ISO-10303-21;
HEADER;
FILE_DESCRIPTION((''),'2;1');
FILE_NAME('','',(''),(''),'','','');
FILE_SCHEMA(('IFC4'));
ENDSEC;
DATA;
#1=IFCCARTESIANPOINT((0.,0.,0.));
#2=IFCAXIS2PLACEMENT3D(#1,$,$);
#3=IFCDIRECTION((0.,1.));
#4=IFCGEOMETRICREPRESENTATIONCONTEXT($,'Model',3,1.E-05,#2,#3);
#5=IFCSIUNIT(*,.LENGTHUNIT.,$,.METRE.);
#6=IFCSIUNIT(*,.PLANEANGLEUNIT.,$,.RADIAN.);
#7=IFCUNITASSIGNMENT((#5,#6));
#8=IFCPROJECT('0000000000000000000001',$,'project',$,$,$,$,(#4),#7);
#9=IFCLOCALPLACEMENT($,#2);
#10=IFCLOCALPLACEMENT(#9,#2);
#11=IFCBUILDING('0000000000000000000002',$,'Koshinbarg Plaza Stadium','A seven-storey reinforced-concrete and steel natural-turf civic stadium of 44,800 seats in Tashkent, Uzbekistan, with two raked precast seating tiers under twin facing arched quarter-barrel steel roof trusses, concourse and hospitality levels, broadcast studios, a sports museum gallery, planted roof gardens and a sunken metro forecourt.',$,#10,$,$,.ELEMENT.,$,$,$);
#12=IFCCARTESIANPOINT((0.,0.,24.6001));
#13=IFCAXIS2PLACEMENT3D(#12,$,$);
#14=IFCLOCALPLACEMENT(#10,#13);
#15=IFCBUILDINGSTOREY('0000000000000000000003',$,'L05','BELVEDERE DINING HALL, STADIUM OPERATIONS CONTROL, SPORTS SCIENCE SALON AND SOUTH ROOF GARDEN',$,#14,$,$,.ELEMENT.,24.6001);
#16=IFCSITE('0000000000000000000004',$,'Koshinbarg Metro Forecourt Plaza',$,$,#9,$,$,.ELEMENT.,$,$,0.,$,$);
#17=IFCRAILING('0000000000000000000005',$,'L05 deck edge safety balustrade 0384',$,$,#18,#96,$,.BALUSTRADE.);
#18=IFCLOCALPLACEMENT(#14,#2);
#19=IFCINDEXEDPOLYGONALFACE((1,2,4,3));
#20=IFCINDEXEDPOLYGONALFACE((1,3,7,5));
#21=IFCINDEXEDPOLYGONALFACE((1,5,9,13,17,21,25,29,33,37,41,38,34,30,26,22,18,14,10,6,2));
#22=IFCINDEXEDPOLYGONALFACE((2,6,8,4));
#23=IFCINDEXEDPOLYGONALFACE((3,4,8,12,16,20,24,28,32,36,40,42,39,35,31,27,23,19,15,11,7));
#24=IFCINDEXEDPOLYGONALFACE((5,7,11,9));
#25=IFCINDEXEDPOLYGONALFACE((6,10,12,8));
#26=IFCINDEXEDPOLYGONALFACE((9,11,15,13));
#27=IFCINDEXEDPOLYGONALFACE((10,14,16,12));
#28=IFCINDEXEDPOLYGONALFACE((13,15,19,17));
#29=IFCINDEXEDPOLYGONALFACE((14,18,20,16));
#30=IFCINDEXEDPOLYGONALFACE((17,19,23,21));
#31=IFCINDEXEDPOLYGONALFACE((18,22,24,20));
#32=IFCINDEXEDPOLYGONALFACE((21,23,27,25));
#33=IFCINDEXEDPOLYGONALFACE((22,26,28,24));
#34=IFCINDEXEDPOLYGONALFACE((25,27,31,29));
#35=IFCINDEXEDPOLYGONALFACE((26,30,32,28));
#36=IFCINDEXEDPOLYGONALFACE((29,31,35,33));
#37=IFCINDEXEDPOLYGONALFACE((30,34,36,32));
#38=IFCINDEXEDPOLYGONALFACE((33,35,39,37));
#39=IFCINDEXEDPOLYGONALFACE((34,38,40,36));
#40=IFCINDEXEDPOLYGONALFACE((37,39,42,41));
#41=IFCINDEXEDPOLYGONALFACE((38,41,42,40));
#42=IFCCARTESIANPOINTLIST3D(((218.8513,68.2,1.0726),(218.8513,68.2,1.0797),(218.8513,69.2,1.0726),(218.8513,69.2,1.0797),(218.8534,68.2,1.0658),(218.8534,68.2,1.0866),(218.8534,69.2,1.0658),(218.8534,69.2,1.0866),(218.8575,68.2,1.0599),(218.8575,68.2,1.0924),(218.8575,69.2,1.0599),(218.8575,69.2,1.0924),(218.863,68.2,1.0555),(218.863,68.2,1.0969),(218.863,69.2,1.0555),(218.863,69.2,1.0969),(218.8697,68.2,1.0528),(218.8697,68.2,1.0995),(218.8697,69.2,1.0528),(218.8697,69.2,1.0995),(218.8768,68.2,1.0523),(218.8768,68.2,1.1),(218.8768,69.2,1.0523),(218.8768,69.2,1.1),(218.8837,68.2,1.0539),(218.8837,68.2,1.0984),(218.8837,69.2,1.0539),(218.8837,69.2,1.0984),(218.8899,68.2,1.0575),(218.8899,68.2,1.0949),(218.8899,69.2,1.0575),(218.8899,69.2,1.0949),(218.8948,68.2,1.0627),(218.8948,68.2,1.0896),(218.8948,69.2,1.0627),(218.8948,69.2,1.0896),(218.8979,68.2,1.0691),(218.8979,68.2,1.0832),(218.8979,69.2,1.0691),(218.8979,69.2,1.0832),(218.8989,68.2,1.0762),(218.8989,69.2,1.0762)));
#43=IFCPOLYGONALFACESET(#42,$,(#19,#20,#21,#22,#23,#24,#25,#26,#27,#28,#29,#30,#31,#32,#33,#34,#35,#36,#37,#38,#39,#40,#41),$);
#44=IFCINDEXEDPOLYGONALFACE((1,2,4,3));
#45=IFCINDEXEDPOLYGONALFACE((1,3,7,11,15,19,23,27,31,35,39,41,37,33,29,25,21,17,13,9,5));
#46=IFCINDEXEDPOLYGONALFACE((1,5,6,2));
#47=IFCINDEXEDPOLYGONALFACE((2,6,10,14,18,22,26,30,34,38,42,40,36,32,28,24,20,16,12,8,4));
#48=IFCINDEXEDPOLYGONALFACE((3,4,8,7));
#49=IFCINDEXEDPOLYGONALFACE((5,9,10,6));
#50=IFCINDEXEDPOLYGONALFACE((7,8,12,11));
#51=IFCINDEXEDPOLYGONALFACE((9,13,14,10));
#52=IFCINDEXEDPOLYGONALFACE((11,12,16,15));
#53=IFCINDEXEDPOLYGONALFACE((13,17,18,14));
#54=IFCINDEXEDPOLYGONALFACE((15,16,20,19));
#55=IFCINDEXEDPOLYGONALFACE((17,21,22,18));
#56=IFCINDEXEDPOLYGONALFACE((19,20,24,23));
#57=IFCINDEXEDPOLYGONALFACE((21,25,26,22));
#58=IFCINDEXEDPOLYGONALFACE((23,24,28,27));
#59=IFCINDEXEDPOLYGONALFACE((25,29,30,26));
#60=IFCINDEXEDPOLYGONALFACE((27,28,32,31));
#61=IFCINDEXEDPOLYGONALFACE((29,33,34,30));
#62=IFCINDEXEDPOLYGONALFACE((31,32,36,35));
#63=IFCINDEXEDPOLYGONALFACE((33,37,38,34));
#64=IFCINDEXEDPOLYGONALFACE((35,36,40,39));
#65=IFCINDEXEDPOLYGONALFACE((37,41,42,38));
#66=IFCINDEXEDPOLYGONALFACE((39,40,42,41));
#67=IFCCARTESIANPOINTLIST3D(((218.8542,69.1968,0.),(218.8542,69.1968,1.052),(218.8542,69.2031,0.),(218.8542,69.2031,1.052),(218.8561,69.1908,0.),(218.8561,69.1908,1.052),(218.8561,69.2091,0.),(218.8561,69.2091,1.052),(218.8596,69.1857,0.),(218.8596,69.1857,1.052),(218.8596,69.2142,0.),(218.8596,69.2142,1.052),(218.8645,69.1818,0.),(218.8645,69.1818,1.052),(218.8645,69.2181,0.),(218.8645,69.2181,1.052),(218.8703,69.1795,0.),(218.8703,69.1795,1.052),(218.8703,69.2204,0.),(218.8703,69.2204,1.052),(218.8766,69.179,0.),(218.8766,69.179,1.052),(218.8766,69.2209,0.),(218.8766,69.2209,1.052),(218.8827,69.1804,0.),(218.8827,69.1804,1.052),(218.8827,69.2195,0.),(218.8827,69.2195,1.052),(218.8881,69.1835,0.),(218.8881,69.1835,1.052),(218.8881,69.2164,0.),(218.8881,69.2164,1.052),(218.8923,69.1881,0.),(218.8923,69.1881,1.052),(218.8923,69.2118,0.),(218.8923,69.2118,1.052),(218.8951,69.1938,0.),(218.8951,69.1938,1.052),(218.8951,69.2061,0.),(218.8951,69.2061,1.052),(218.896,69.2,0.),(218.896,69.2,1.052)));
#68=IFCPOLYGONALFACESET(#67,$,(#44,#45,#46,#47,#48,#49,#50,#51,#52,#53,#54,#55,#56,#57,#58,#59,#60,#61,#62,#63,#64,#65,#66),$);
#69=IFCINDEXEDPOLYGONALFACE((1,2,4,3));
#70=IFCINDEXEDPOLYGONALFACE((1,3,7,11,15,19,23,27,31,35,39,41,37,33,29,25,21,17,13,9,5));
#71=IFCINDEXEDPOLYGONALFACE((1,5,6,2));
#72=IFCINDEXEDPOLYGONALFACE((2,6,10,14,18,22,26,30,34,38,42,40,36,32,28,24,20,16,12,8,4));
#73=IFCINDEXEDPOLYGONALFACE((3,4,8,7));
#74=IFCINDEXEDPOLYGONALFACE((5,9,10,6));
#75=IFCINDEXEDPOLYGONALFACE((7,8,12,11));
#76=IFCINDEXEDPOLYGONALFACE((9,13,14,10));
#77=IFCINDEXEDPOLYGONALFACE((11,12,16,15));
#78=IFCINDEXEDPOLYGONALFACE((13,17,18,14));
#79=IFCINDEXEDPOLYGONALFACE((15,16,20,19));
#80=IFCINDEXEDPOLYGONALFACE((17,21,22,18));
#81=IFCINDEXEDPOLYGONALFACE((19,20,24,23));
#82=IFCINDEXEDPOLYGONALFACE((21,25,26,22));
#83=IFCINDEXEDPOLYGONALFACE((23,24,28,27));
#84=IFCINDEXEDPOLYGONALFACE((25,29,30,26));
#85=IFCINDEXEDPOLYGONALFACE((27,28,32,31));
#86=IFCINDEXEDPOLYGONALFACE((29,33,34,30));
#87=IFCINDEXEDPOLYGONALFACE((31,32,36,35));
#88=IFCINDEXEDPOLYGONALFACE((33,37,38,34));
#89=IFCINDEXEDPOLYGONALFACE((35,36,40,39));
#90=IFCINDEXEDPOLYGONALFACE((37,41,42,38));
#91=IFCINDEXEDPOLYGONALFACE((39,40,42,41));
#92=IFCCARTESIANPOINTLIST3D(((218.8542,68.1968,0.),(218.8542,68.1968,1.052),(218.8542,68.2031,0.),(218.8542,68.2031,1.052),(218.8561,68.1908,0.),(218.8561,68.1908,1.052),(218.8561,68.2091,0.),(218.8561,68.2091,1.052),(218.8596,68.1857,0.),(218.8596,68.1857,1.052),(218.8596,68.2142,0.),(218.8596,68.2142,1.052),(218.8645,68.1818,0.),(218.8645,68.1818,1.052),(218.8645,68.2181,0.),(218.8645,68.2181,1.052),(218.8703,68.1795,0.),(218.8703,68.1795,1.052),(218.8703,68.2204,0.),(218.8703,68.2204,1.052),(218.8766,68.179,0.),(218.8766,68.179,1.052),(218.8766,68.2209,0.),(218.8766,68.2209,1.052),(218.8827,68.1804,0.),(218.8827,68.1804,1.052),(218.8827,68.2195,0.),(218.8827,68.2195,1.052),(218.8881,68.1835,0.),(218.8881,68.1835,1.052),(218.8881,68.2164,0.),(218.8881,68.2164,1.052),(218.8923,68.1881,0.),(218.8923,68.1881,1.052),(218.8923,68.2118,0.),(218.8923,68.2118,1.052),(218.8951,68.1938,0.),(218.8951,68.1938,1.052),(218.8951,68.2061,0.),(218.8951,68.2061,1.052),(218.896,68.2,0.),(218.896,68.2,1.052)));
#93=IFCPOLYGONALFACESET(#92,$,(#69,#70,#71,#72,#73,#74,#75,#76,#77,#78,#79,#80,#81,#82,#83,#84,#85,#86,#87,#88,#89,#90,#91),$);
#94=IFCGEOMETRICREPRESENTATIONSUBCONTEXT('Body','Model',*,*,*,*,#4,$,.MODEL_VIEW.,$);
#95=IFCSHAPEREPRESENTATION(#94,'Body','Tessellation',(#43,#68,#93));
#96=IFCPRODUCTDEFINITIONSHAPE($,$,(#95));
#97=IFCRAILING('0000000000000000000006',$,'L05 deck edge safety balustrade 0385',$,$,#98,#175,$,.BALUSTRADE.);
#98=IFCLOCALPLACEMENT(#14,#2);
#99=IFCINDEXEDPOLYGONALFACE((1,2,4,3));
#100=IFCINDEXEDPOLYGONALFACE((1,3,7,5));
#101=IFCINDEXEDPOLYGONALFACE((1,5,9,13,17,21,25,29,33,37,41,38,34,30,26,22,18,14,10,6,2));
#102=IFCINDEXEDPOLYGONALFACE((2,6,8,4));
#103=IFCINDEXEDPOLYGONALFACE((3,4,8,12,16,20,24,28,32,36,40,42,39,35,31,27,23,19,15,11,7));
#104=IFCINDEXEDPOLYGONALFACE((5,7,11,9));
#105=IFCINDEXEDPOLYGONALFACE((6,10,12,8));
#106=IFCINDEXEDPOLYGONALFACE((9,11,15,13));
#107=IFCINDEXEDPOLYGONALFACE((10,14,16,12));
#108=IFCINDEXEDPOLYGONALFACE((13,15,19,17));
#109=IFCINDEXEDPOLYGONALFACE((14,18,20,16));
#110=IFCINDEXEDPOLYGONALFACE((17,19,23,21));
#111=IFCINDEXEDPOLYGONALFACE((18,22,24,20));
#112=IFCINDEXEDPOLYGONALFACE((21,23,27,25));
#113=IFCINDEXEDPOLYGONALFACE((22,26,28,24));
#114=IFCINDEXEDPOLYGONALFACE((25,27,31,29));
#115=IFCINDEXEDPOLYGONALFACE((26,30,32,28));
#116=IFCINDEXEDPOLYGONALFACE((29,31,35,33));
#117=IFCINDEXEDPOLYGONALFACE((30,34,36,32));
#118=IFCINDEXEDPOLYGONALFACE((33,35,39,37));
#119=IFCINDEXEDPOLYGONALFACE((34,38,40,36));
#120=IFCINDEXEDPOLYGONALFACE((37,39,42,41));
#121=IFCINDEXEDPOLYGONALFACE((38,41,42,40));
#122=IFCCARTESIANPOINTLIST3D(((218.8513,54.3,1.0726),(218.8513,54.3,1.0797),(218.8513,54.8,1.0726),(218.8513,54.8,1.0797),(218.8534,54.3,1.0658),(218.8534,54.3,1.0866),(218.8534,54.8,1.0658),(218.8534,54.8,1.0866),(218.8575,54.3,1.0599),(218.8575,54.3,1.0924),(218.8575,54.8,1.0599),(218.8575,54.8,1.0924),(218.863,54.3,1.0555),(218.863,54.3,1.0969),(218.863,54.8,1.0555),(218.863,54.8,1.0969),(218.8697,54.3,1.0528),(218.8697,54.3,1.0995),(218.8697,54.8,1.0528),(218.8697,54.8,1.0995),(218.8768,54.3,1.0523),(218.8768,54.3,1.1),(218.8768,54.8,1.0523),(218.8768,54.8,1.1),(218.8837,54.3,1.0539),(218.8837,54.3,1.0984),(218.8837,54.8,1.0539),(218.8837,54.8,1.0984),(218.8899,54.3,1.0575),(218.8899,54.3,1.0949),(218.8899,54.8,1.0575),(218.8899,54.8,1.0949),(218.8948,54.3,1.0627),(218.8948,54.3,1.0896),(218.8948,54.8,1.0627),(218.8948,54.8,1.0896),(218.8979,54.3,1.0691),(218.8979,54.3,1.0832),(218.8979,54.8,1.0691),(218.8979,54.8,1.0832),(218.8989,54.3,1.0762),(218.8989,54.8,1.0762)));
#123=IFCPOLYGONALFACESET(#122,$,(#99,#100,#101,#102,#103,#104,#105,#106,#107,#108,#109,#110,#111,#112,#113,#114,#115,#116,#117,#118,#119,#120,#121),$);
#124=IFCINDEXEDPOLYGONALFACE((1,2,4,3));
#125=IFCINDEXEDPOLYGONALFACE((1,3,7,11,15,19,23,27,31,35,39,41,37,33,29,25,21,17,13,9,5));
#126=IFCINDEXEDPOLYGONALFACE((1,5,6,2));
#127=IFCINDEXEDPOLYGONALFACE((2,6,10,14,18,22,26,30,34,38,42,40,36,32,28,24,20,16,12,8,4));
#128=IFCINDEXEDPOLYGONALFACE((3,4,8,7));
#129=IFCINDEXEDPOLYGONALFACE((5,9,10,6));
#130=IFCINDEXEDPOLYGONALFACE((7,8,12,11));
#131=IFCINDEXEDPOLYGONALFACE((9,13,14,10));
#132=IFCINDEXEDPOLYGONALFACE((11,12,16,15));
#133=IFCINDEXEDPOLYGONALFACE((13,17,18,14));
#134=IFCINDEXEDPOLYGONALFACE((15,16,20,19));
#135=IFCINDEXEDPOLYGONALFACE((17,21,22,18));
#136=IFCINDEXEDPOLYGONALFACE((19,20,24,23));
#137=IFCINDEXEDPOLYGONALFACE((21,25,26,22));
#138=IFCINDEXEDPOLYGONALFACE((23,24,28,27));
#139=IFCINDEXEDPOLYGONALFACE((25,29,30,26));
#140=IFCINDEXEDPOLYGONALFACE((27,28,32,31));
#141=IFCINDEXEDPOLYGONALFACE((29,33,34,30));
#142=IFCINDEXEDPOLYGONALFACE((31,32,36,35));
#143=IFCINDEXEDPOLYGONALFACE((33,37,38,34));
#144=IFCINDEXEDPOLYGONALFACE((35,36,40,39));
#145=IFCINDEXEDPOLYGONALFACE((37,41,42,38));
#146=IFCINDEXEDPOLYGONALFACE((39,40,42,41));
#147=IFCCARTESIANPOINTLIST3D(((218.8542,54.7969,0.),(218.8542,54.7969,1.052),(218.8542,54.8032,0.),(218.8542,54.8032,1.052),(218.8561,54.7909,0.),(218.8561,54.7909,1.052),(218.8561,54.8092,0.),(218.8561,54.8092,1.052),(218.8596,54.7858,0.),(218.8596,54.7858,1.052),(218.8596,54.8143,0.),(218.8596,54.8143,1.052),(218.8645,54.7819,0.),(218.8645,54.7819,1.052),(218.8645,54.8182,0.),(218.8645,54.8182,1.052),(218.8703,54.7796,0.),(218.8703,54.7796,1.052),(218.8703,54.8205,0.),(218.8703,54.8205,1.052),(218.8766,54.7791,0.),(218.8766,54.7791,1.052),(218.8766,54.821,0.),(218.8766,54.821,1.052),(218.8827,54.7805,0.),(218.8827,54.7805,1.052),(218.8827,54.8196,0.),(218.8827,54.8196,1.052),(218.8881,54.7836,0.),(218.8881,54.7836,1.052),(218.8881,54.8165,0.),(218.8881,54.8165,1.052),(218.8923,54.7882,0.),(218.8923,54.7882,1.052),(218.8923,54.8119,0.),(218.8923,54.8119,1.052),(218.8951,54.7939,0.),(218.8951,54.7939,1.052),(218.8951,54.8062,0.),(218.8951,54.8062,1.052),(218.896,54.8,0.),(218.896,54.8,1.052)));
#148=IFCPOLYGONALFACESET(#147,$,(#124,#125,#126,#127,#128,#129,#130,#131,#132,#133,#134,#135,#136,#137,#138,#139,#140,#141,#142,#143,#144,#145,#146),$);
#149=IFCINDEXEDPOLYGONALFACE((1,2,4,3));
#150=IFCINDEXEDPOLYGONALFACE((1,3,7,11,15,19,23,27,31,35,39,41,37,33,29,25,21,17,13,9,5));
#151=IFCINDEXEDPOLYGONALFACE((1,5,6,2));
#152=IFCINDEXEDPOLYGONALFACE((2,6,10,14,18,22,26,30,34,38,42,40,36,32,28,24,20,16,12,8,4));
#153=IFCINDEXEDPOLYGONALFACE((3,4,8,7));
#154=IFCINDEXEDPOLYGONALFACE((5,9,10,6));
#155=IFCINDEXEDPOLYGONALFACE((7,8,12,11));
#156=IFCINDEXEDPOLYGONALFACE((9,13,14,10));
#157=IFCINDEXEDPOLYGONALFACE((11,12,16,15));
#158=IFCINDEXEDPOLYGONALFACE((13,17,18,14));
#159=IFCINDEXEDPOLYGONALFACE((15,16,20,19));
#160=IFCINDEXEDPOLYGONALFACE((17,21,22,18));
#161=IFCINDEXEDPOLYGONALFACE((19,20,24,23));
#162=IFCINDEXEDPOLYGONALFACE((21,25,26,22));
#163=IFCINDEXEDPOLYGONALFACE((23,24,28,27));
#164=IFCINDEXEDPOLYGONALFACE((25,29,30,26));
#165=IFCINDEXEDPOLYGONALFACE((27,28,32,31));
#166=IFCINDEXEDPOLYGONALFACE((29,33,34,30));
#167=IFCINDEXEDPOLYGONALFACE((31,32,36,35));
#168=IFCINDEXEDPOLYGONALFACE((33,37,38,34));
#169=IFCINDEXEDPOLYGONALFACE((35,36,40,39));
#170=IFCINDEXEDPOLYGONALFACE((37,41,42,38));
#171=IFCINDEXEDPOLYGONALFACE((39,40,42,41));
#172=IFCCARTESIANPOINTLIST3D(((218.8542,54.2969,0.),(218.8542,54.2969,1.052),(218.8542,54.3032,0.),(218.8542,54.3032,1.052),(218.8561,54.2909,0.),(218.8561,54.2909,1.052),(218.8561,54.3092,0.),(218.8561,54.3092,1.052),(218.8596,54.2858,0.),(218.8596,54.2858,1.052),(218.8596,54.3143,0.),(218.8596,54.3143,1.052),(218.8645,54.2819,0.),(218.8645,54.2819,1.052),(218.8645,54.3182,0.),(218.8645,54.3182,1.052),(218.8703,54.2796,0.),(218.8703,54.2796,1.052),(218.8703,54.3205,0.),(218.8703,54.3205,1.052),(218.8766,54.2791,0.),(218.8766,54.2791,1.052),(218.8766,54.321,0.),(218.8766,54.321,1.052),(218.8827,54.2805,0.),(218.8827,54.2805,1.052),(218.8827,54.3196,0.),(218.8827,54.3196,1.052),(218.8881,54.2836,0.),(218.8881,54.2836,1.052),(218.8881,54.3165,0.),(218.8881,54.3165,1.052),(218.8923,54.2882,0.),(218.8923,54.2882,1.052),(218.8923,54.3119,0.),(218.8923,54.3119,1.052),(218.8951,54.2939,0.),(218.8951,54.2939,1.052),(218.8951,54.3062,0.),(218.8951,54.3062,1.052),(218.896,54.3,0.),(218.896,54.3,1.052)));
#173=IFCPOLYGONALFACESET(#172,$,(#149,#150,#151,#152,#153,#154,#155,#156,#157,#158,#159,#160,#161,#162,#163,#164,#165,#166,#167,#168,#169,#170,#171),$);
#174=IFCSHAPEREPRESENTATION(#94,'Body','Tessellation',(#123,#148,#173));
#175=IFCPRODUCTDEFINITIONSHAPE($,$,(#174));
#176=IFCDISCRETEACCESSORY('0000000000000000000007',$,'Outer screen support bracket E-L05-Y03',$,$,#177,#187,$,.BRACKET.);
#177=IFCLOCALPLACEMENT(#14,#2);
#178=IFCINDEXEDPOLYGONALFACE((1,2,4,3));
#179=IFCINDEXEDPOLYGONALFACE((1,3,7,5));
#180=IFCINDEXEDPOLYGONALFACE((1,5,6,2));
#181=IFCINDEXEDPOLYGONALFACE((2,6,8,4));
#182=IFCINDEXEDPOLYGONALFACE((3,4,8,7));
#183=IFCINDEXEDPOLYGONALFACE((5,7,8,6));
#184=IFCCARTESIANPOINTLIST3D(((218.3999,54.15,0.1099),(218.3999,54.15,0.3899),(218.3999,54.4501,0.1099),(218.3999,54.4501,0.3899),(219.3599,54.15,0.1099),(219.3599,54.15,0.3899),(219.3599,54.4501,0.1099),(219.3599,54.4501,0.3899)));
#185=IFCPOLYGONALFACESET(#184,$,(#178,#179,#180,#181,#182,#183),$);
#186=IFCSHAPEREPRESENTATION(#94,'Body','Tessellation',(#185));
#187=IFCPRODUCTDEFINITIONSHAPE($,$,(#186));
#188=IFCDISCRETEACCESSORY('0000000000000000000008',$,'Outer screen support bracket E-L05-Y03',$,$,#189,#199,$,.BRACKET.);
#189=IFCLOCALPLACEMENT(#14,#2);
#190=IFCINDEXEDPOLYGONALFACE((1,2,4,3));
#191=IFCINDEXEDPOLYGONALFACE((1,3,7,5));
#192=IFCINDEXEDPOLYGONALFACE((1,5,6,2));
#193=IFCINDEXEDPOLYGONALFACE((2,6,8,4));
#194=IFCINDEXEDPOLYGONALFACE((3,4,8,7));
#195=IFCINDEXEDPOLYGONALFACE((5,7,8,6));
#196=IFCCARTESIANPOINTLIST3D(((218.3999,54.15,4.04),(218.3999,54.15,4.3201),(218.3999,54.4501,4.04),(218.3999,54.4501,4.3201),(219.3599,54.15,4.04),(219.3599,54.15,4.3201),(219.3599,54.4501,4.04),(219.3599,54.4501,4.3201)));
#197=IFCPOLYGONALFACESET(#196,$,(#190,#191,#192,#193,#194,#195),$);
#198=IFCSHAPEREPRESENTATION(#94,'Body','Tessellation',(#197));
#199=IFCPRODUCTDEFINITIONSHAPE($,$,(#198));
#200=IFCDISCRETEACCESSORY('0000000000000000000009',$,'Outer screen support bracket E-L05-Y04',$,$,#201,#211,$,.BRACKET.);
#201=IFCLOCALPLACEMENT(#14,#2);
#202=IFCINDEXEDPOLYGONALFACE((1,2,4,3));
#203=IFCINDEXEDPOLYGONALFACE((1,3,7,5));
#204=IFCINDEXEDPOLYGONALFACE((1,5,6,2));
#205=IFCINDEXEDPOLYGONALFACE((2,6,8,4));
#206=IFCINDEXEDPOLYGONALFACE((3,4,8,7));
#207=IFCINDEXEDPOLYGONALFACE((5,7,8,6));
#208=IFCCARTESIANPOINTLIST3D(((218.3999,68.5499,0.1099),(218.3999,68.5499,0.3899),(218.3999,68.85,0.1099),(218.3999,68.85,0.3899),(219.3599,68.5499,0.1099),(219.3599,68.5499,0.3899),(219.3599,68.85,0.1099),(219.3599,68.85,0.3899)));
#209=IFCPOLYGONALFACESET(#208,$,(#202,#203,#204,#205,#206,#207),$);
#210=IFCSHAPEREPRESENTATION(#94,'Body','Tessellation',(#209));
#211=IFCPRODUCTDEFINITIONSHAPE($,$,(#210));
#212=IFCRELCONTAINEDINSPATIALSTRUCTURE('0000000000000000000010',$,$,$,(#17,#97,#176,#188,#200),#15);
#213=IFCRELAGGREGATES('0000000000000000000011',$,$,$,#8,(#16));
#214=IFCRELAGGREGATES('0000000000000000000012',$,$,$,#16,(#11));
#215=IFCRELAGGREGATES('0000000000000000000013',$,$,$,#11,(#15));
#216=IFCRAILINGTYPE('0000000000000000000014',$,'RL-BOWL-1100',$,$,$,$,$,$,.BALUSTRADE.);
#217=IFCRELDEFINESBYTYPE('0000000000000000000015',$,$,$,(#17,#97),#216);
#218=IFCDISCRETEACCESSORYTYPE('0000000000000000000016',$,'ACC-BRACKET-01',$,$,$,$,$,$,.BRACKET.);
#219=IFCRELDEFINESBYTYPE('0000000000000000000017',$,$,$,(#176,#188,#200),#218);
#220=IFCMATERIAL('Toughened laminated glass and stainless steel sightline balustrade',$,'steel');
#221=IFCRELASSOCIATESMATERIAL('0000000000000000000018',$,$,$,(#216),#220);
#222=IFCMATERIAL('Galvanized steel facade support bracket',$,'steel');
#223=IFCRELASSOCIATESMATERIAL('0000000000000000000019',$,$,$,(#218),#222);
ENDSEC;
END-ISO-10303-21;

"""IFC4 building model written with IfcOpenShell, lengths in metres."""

from ifc_helpers import new_model, si_unit, direction, frame, origin, origin_2d, place, context, subcontext, project, spatial, rectangle, circle, extrude, material, type_object, element, save


model = new_model("IFC4")

# Units and contexts
model_context = context("Model", 3, precision=1e-05, world=origin(), true_north=direction((0.0, 1.0)))
body_context = subcontext(model_context, "Body", "Model", "MODEL_VIEW")
ifc_project = project(units=[si_unit("LENGTHUNIT", "METRE"), si_unit("PLANEANGLEUNIT", "RADIAN")], contexts=[model_context])

# Site, building, storey
site_placement = place(None, origin())
site = spatial("IfcSite", under=ifc_project, at=site_placement, Name="Koshinbarg Metro Forecourt Plaza", CompositionType="ELEMENT", RefElevation=0.0)
building_placement = place(site_placement, origin())
building = spatial("IfcBuilding", under=site, at=building_placement, Name="Koshinbarg Plaza Stadium", Description="A seven-storey reinforced-concrete and steel natural-turf civic stadium of 44,800 seats in Tashkent, Uzbekistan, with two raked precast seating tiers under twin facing arched quarter-barrel steel roof trusses, concourse and hospitality levels, broadcast studios, a sports museum gallery, planted roof gardens and a sunken metro forecourt.", CompositionType="ELEMENT")
storey_placement = place(building_placement, frame((0.0, 0.0, 24.6001)))
storey = spatial("IfcBuildingStorey", under=building, at=storey_placement, Name="L05", Description="BELVEDERE DINING HALL, STADIUM OPERATIONS CONTROL, SPORTS SCIENCE SALON AND SOUTH ROOF GARDEN", CompositionType="ELEMENT", Elevation=24.6001)

# Railings
ifc_material_1 = material(Name="Toughened laminated glass and stainless steel sightline balustrade", Category="steel")
railing_type = type_object("IfcRailingType", Name="RL-BOWL-1100", PredefinedType="BALUSTRADE", material=ifc_material_1)
railing_1_placement = place(storey_placement, frame((218.875, 69.2, 0.0)))
element("IfcRailing", 1, at=railing_1_placement, inside=storey, type_object=railing_type, Name="L05 deck edge safety balustrade 0384", PredefinedType="BALUSTRADE", context=body_context, shape_type="SweptSolid", body=[
    extrude(circle(Radius=0.0239, at=origin_2d()), frame((0.0, 0.0, 1.0762), z_axis=(0.0, -1.0, 0.0), x_axis=(1.0, 0.0, 0.0)), (0.0, 0.0, 1.0), 1.0),
    extrude(circle(Radius=0.021, at=origin_2d()), origin(), (0.0, 0.0, 1.0), 1.052),
    extrude(circle(Radius=0.021, at=origin_2d()), frame((0.0, -1.0, 0.0)), (0.0, 0.0, 1.0), 1.052),
])
railing_2_placement = place(storey_placement, frame((218.875, 54.8, 0.0)))
element("IfcRailing", 2, at=railing_2_placement, inside=storey, type_object=railing_type, Name="L05 deck edge safety balustrade 0385", PredefinedType="BALUSTRADE", context=body_context, shape_type="SweptSolid", body=[
    extrude(circle(Radius=0.0239, at=origin_2d()), frame((0.0, 0.0, 1.0762), z_axis=(0.0, -1.0, 0.0), x_axis=(1.0, 0.0, 0.0)), (0.0, 0.0, 1.0), 0.5),
    extrude(circle(Radius=0.021, at=origin_2d()), origin(), (0.0, 0.0, 1.0), 1.052),
    extrude(circle(Radius=0.021, at=origin_2d()), frame((0.0, -0.5, 0.0)), (0.0, 0.0, 1.0), 1.052),
])

# Discrete accessories
ifc_material_2 = material(Name="Galvanized steel facade support bracket", Category="steel")
discrete_accessory_type = type_object("IfcDiscreteAccessoryType", Name="ACC-BRACKET-01", PredefinedType="BRACKET", material=ifc_material_2)
for number, where, z_axis, x_axis, name in (
    (3, (218.8799, 54.3, 0.1099), (0.0, 0.0, 1.0), (1.0, 0.0, 0.0), "Outer screen support bracket E-L05-Y03"),
    (4, (218.8799, 54.3, 4.04), (0.0, 0.0, 1.0), (1.0, 0.0, 0.0), "Outer screen support bracket E-L05-Y03"),
    (5, (218.8799, 68.7, 0.1099), (0.0, 0.0, 1.0), (1.0, 0.0, 0.0), "Outer screen support bracket E-L05-Y04"),
):
    element("IfcDiscreteAccessory", number, at=place(storey_placement, frame(where, z_axis=z_axis, x_axis=x_axis)), inside=storey, type_object=discrete_accessory_type, Name=name, PredefinedType="BRACKET", context=body_context, shape_type="SweptSolid", body=[
        extrude(rectangle(XDim=0.96, YDim=0.3, at=origin_2d()), origin(), (0.0, 0.0, 1.0), 0.28),
    ])

save(model, "model.ifc")
